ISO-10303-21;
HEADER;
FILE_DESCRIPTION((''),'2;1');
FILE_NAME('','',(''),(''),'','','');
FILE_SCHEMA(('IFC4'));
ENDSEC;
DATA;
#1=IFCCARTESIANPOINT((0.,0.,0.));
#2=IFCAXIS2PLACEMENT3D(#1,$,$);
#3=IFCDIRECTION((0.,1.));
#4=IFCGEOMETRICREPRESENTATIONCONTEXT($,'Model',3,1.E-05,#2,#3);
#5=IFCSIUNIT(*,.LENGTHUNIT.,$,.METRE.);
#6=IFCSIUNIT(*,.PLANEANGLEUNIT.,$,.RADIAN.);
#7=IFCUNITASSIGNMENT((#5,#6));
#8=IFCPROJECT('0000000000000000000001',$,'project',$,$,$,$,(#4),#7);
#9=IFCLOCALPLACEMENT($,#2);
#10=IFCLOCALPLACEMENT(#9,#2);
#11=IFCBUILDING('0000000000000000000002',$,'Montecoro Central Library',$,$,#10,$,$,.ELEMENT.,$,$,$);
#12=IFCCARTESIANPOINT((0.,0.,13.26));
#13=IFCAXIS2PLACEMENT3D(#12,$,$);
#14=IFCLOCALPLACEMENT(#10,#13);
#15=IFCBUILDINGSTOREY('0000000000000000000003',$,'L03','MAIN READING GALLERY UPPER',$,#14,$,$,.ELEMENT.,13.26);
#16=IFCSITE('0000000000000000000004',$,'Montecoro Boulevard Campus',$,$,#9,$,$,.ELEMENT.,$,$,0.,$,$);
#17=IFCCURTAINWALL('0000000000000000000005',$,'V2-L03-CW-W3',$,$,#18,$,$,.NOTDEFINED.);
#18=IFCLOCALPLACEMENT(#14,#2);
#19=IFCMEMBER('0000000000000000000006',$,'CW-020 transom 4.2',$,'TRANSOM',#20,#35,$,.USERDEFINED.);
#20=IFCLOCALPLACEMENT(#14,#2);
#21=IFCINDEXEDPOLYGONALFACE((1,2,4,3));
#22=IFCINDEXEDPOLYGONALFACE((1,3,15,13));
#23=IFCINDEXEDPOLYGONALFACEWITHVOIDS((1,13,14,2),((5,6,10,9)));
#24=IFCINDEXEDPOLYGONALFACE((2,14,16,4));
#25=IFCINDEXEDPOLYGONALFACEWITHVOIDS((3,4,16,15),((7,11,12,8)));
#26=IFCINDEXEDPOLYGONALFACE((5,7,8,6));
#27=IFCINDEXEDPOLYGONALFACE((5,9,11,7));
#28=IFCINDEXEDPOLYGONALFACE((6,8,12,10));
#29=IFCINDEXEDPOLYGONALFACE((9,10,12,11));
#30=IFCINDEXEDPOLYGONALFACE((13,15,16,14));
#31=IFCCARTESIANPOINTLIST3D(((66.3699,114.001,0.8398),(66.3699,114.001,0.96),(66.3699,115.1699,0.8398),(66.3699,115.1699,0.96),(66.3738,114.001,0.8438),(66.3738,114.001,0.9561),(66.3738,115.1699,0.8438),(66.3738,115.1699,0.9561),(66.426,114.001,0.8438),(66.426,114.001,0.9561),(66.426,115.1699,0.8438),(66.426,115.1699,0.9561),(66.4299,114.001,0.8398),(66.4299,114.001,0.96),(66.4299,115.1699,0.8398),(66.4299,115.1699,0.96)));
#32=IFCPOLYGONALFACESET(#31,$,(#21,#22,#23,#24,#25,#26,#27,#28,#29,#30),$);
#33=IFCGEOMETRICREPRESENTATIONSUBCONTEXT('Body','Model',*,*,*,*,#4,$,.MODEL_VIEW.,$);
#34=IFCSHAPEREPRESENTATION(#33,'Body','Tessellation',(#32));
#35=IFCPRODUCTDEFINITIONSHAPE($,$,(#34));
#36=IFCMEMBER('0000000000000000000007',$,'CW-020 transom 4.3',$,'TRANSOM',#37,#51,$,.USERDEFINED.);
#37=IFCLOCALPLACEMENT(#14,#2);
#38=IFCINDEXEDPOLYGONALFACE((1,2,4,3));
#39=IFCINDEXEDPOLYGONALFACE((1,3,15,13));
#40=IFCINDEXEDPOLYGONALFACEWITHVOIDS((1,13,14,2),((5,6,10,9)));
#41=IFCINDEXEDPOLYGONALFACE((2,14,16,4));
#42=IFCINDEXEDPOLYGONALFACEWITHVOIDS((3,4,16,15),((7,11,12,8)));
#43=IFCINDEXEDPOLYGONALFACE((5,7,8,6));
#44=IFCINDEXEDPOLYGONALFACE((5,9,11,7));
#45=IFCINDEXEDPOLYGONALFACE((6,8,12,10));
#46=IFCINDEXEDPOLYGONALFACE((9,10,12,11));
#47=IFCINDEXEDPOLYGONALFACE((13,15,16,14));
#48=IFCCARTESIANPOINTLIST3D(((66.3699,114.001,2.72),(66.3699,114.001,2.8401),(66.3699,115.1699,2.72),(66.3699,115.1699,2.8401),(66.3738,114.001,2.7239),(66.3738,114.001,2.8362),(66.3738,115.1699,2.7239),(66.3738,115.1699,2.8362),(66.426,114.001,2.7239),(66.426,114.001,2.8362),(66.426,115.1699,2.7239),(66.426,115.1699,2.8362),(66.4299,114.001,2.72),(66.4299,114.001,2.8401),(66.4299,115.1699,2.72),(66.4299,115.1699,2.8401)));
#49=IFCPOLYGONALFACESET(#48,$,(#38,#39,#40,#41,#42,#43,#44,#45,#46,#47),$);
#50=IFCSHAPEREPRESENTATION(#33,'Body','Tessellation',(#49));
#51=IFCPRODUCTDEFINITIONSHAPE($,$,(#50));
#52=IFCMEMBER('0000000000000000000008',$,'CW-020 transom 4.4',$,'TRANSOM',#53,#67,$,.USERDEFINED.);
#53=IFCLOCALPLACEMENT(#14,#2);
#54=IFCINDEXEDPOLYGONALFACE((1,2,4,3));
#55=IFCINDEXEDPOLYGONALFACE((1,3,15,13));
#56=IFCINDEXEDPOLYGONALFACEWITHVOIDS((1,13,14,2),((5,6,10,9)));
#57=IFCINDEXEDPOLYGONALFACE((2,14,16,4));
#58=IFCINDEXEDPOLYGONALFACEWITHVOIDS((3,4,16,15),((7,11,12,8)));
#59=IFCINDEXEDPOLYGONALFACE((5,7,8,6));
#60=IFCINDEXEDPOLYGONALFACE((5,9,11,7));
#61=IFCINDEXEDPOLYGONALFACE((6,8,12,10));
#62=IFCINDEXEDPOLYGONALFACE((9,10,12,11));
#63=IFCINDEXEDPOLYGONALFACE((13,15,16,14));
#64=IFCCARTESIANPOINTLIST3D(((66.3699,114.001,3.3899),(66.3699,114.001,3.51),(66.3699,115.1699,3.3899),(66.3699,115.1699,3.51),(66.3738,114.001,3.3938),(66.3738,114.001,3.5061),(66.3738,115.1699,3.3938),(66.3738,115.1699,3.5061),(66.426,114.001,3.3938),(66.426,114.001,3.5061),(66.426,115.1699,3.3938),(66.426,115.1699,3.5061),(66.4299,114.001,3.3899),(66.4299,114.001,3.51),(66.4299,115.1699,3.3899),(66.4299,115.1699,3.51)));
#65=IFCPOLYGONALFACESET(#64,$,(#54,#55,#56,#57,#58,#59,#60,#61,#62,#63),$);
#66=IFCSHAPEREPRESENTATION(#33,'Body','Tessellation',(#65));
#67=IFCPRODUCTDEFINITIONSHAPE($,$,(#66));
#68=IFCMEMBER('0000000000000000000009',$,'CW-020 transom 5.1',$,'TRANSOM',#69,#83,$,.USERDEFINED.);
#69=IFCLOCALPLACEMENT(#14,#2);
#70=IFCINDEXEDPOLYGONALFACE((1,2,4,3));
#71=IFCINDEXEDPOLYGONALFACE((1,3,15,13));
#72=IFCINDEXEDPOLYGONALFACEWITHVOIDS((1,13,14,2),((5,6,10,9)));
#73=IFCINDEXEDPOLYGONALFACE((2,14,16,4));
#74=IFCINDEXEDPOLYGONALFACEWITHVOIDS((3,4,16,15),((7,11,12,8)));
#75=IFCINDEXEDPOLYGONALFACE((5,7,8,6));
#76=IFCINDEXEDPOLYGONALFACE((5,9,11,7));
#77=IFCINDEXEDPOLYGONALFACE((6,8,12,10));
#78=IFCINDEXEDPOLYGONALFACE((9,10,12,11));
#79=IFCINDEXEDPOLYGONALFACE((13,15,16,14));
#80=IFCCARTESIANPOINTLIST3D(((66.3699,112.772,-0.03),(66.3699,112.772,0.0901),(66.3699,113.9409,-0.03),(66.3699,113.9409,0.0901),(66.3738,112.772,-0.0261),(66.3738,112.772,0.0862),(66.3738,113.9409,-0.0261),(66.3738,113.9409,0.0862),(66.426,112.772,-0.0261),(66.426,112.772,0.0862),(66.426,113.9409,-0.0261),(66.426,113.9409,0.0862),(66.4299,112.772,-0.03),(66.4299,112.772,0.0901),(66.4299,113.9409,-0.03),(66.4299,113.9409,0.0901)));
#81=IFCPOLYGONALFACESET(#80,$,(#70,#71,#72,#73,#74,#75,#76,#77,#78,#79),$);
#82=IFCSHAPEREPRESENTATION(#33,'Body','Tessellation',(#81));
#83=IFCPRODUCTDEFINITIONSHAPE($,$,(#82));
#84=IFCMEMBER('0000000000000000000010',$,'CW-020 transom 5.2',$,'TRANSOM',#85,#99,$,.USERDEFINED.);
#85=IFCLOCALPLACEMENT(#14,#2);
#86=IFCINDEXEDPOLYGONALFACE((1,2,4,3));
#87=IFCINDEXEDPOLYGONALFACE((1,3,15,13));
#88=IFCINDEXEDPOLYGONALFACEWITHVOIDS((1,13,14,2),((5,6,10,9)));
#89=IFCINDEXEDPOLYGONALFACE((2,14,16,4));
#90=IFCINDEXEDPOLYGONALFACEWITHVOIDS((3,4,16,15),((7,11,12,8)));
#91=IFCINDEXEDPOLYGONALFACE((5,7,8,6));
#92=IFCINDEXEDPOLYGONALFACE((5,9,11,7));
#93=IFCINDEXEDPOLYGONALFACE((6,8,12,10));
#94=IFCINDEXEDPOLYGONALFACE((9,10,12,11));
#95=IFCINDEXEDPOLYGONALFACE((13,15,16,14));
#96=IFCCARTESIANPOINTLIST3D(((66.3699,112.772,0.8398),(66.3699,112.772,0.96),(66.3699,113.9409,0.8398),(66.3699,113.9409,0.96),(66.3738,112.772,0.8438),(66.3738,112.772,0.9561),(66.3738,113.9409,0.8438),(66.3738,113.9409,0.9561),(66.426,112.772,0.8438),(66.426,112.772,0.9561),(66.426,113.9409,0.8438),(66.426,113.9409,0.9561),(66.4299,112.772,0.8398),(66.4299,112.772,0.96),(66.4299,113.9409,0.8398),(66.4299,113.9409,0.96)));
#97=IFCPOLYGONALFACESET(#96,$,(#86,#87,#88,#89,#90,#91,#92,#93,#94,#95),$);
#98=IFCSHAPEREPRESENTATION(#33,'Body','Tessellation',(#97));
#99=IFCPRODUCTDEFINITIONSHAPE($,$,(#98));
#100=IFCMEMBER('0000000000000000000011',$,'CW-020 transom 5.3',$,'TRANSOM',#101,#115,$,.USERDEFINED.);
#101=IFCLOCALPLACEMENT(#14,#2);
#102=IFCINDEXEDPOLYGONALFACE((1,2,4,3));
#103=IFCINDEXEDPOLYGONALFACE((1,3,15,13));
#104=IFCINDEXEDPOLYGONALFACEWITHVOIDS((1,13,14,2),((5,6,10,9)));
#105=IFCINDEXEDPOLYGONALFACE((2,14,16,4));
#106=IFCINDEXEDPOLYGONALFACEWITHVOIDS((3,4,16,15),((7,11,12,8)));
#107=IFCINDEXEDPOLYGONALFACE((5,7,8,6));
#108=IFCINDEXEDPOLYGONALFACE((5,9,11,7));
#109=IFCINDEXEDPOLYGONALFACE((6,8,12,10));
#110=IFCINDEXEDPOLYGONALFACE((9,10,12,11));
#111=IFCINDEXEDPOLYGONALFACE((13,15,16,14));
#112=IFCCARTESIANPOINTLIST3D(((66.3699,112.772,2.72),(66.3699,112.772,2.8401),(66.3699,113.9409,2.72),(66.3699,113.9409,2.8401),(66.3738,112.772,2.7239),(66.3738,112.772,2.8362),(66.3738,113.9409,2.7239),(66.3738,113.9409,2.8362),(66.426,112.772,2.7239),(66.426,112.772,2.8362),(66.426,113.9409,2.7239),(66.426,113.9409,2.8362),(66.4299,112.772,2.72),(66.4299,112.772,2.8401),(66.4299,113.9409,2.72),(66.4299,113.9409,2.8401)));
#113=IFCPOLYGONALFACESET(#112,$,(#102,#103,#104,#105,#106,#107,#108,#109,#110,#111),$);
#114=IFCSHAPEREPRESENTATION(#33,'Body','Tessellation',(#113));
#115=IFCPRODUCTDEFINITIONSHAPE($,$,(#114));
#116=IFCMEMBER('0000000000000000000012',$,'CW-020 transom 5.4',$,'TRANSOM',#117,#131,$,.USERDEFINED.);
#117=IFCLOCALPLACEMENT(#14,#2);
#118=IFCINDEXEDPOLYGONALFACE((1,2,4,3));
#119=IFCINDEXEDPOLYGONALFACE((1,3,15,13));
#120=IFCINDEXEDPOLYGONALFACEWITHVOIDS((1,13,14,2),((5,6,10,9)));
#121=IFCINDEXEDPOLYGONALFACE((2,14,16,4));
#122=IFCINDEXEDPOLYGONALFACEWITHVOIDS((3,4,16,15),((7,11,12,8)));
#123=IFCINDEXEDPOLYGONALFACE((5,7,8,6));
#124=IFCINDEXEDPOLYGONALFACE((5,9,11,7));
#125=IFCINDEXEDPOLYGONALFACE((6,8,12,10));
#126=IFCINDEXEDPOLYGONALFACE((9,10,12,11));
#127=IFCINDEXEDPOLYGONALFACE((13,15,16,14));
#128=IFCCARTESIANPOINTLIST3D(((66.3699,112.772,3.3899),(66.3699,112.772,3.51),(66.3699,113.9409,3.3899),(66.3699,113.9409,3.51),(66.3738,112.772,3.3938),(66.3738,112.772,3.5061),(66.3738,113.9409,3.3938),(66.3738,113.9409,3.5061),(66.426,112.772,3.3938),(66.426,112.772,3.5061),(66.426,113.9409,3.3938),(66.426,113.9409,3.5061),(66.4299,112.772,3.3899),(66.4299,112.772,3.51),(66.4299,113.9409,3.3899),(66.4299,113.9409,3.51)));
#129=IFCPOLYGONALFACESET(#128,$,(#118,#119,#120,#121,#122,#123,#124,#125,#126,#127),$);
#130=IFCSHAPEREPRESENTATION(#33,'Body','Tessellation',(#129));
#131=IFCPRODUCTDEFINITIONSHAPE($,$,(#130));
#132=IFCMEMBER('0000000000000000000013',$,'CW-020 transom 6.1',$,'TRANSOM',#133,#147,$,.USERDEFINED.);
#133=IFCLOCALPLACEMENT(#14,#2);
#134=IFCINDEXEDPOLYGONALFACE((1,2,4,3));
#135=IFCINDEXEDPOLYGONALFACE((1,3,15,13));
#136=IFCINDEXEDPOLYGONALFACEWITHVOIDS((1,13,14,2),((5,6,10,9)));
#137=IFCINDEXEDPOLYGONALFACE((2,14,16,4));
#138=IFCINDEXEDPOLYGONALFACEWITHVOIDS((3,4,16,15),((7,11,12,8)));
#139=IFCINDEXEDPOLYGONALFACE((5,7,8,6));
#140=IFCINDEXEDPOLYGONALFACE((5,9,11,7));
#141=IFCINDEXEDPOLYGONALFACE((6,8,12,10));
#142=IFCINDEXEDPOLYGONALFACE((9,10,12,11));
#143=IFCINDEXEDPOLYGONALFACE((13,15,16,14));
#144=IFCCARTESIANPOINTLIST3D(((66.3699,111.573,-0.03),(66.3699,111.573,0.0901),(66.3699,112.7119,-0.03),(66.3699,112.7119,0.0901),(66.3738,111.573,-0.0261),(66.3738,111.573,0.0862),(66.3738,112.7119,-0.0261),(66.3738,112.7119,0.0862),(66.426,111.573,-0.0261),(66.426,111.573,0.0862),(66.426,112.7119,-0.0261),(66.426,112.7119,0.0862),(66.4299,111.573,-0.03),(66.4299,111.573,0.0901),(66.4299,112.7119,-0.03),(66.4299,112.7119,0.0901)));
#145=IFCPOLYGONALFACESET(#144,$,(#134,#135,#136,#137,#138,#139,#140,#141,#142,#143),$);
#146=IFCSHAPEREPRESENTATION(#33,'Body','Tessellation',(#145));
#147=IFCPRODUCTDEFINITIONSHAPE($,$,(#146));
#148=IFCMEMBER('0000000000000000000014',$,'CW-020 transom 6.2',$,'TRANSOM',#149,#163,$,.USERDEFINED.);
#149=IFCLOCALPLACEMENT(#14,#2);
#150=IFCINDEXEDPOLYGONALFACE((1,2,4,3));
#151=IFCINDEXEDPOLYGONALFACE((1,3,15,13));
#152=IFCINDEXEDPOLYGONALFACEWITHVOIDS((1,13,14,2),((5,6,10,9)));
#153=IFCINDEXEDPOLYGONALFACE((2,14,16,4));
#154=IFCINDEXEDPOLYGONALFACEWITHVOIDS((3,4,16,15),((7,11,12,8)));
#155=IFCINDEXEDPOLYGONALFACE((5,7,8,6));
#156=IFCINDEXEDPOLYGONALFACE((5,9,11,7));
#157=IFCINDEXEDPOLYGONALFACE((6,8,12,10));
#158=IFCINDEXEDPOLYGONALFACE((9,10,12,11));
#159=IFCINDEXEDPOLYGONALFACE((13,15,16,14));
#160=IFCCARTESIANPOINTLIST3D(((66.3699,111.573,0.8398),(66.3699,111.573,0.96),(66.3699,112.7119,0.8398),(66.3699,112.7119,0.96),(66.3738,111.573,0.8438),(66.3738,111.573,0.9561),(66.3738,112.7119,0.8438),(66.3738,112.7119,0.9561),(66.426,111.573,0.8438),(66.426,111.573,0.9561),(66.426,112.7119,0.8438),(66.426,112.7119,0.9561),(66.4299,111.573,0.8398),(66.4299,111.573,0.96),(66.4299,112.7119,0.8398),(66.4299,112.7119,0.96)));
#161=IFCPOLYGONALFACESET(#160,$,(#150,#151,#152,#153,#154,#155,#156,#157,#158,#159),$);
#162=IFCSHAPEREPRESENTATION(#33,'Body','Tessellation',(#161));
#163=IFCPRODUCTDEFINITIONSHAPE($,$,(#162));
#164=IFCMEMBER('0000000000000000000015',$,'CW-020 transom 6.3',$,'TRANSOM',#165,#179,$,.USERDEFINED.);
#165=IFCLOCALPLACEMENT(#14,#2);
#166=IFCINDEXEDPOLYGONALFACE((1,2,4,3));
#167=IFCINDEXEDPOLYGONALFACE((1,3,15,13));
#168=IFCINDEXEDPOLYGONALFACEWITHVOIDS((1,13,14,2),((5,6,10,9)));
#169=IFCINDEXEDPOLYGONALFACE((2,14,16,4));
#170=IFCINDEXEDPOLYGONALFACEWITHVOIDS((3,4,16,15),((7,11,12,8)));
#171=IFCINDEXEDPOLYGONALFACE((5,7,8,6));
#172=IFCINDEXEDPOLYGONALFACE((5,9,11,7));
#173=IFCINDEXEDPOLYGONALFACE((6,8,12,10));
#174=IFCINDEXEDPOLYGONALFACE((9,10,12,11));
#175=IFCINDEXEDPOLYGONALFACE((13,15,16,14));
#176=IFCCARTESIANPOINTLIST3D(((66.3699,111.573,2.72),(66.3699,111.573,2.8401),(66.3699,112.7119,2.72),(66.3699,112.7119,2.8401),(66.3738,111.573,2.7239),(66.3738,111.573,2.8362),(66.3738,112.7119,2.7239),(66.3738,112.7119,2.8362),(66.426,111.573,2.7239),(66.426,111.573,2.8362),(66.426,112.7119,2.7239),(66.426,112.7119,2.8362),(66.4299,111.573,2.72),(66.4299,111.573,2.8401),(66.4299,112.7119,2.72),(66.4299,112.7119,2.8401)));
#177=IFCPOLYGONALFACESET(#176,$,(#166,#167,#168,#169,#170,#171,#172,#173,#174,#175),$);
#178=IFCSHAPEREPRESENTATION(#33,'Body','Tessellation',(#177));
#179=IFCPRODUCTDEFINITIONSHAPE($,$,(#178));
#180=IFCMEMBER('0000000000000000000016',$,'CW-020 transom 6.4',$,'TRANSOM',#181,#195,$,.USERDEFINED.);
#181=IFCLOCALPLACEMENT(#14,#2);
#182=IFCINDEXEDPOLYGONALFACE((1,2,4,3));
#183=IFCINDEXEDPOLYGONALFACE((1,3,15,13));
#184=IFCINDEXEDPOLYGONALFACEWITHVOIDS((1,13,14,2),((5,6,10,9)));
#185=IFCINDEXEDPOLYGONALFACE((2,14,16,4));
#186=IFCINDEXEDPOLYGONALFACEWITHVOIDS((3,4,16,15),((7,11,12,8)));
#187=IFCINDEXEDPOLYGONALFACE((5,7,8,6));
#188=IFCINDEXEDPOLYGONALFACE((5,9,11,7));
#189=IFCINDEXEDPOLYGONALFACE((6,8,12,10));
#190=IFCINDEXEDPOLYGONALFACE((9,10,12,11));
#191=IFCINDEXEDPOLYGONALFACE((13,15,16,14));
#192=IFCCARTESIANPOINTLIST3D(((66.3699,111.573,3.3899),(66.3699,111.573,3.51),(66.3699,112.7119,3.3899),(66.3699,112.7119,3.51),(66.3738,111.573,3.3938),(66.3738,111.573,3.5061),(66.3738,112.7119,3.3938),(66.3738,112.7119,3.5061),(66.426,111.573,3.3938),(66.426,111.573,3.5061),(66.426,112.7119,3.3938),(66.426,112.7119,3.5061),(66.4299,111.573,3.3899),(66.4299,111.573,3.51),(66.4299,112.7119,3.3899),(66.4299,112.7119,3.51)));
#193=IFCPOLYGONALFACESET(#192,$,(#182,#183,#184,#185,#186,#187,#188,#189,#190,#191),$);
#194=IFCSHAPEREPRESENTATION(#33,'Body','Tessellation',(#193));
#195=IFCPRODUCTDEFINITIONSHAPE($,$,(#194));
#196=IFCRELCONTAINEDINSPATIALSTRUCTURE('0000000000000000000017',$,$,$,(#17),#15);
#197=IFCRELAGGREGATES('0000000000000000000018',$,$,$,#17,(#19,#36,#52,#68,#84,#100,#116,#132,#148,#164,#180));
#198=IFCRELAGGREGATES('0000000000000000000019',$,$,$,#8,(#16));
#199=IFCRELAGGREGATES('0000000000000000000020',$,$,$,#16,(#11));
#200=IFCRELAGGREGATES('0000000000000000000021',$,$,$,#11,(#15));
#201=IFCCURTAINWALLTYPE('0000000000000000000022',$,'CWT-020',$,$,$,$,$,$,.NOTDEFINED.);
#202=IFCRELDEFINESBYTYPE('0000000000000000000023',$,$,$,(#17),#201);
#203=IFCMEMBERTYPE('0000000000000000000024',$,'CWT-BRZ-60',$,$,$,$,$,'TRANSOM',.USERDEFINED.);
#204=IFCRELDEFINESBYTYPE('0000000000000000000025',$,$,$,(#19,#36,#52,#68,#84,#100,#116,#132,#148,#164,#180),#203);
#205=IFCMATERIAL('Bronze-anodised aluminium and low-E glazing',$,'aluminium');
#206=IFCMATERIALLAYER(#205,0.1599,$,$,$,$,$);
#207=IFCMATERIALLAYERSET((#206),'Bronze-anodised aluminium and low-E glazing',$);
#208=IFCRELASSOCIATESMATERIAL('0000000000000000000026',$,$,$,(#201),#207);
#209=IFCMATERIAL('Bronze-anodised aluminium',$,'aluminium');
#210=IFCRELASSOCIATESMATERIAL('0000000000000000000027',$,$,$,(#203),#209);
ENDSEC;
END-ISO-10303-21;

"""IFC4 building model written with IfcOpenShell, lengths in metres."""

from ifc_helpers import new_model, si_unit, direction, frame, origin, origin_2d, place, context, subcontext, project, spatial, hollow_rectangle, extrude, material, layer, layer_set, material_profile, profile_set, type_object, element, aggregate, save


model = new_model("IFC4")

# Units and contexts
model_context = context("Model", 3, precision=1e-05, world=origin(), true_north=direction((0.0, 1.0)))
body_context = subcontext(model_context, "Body", "Model", "MODEL_VIEW")
ifc_project = project(units=[si_unit("LENGTHUNIT", "METRE"), si_unit("PLANEANGLEUNIT", "RADIAN")], contexts=[model_context])

# Site, building, storey
site_placement = place(None, origin())
site = spatial("IfcSite", under=ifc_project, at=site_placement, Name="Montecoro Boulevard Campus", CompositionType="ELEMENT", RefElevation=0.0)
building_placement = place(site_placement, origin())
building = spatial("IfcBuilding", under=site, at=building_placement, Name="Montecoro Central Library", CompositionType="ELEMENT")
storey_placement = place(building_placement, frame((0.0, 0.0, 13.26)))
storey = spatial("IfcBuildingStorey", under=building, at=storey_placement, Name="L03", Description="MAIN READING GALLERY UPPER", CompositionType="ELEMENT", Elevation=13.26)

# Curtain wall, members
ifc_material_1 = material(Name="Bronze-anodised aluminium and low-E glazing", Category="aluminium")
ifc_layer_1 = layer(ifc_material_1, 0.1599)
ifc_layer_set_1 = layer_set([ifc_layer_1], Name="Bronze-anodised aluminium and low-E glazing")
curtain_wall_type = type_object("IfcCurtainWallType", Name="CWT-020", PredefinedType="NOTDEFINED", material=ifc_layer_set_1)
curtain_wall_placement = place(storey_placement, origin())
curtain_wall = element("IfcCurtainWall", 1, at=curtain_wall_placement, inside=storey, type_object=curtain_wall_type, Name="V2-L03-CW-W3", PredefinedType="NOTDEFINED")
ifc_material_2 = material(Name="Bronze-anodised aluminium", Category="aluminium")
ifc_material_profile_1 = material_profile(ifc_material_2, hollow_rectangle(XDim=0.0601, YDim=0.1201, WallThickness=0.0039, at=origin_2d()), Name="CWT 120x60x4.0")
ifc_profile_set_1 = profile_set([ifc_material_profile_1], Name="Bronze-anodised aluminium")
member_type_1 = type_object("IfcMemberType", Name="CWT-BRZ-60", ElementType="TRANSOM", PredefinedType="USERDEFINED", material=ifc_profile_set_1)
member_1_placement = place(storey_placement, frame((66.3999, 115.1699, 0.8999), z_axis=(0.0, -1.0, 0.0), x_axis=(1.0, 0.0, 0.0)))
member_1 = element("IfcMember", 2, at=member_1_placement, type_object=member_type_1, Name="CW-020 transom 4.2", ObjectType="TRANSOM", PredefinedType="USERDEFINED", context=body_context, shape_type="SweptSolid", body=[
    extrude(hollow_rectangle(XDim=0.0601, YDim=0.1201, WallThickness=0.0039, at=origin_2d()), origin(), (0.0, 0.0, 1.0), 1.1689),
])
member_2_placement = place(storey_placement, frame((66.3999, 115.1699, 2.78), z_axis=(0.0, -1.0, 0.0), x_axis=(1.0, 0.0, 0.0)))
member_2 = element("IfcMember", 3, at=member_2_placement, type_object=member_type_1, Name="CW-020 transom 4.3", ObjectType="TRANSOM", PredefinedType="USERDEFINED", context=body_context, shape_type="SweptSolid", body=[
    extrude(hollow_rectangle(XDim=0.0601, YDim=0.1201, WallThickness=0.0039, at=origin_2d()), origin(), (0.0, 0.0, 1.0), 1.1689),
])
member_3_placement = place(storey_placement, frame((66.3999, 115.1699, 3.45), z_axis=(0.0, -1.0, 0.0), x_axis=(1.0, 0.0, 0.0)))
member_3 = element("IfcMember", 4, at=member_3_placement, type_object=member_type_1, Name="CW-020 transom 4.4", ObjectType="TRANSOM", PredefinedType="USERDEFINED", context=body_context, shape_type="SweptSolid", body=[
    extrude(hollow_rectangle(XDim=0.0601, YDim=0.1201, WallThickness=0.0039, at=origin_2d()), origin(), (0.0, 0.0, 1.0), 1.1689),
])
member_4_placement = place(storey_placement, frame((66.3999, 113.9409, 0.03), z_axis=(0.0, -1.0, 0.0), x_axis=(1.0, 0.0, 0.0)))
member_4 = element("IfcMember", 5, at=member_4_placement, type_object=member_type_1, Name="CW-020 transom 5.1", ObjectType="TRANSOM", PredefinedType="USERDEFINED", context=body_context, shape_type="SweptSolid", body=[
    extrude(hollow_rectangle(XDim=0.0601, YDim=0.1201, WallThickness=0.0039, at=origin_2d()), origin(), (0.0, 0.0, 1.0), 1.1689),
])
member_5_placement = place(storey_placement, frame((66.3999, 113.9409, 0.8999), z_axis=(0.0, -1.0, 0.0), x_axis=(1.0, 0.0, 0.0)))
member_5 = element("IfcMember", 6, at=member_5_placement, type_object=member_type_1, Name="CW-020 transom 5.2", ObjectType="TRANSOM", PredefinedType="USERDEFINED", context=body_context, shape_type="SweptSolid", body=[
    extrude(hollow_rectangle(XDim=0.0601, YDim=0.1201, WallThickness=0.0039, at=origin_2d()), origin(), (0.0, 0.0, 1.0), 1.1689),
])
member_6_placement = place(storey_placement, frame((66.3999, 113.9409, 2.78), z_axis=(0.0, -1.0, 0.0), x_axis=(1.0, 0.0, 0.0)))
member_6 = element("IfcMember", 7, at=member_6_placement, type_object=member_type_1, Name="CW-020 transom 5.3", ObjectType="TRANSOM", PredefinedType="USERDEFINED", context=body_context, shape_type="SweptSolid", body=[
    extrude(hollow_rectangle(XDim=0.0601, YDim=0.1201, WallThickness=0.0039, at=origin_2d()), origin(), (0.0, 0.0, 1.0), 1.1689),
])
member_7_placement = place(storey_placement, frame((66.3999, 113.9409, 3.45), z_axis=(0.0, -1.0, 0.0), x_axis=(1.0, 0.0, 0.0)))
member_7 = element("IfcMember", 8, at=member_7_placement, type_object=member_type_1, Name="CW-020 transom 5.4", ObjectType="TRANSOM", PredefinedType="USERDEFINED", context=body_context, shape_type="SweptSolid", body=[
    extrude(hollow_rectangle(XDim=0.0601, YDim=0.1201, WallThickness=0.0039, at=origin_2d()), origin(), (0.0, 0.0, 1.0), 1.1689),
])
member_8_placement = place(storey_placement, frame((66.3999, 112.7119, 0.03), z_axis=(0.0, -1.0, 0.0), x_axis=(1.0, 0.0, 0.0)))
member_8 = element("IfcMember", 9, at=member_8_placement, type_object=member_type_1, Name="CW-020 transom 6.1", ObjectType="TRANSOM", PredefinedType="USERDEFINED", context=body_context, shape_type="SweptSolid", body=[
    extrude(hollow_rectangle(XDim=0.0601, YDim=0.1201, WallThickness=0.0039, at=origin_2d()), origin(), (0.0, 0.0, 1.0), 1.1389),
])
member_9_placement = place(storey_placement, frame((66.3999, 112.7119, 0.8999), z_axis=(0.0, -1.0, 0.0), x_axis=(1.0, 0.0, 0.0)))
member_9 = element("IfcMember", 10, at=member_9_placement, type_object=member_type_1, Name="CW-020 transom 6.2", ObjectType="TRANSOM", PredefinedType="USERDEFINED", context=body_context, shape_type="SweptSolid", body=[
    extrude(hollow_rectangle(XDim=0.0601, YDim=0.1201, WallThickness=0.0039, at=origin_2d()), origin(), (0.0, 0.0, 1.0), 1.1389),
])
member_10_placement = place(storey_placement, frame((66.3999, 112.7119, 2.78), z_axis=(0.0, -1.0, 0.0), x_axis=(1.0, 0.0, 0.0)))
member_10 = element("IfcMember", 11, at=member_10_placement, type_object=member_type_1, Name="CW-020 transom 6.3", ObjectType="TRANSOM", PredefinedType="USERDEFINED", context=body_context, shape_type="SweptSolid", body=[
    extrude(hollow_rectangle(XDim=0.0601, YDim=0.1201, WallThickness=0.0039, at=origin_2d()), origin(), (0.0, 0.0, 1.0), 1.1389),
])
member_11_placement = place(storey_placement, frame((66.3999, 112.7119, 3.45), z_axis=(0.0, -1.0, 0.0), x_axis=(1.0, 0.0, 0.0)))
member_11 = element("IfcMember", 12, at=member_11_placement, type_object=member_type_1, Name="CW-020 transom 6.4", ObjectType="TRANSOM", PredefinedType="USERDEFINED", context=body_context, shape_type="SweptSolid", body=[
    extrude(hollow_rectangle(XDim=0.0601, YDim=0.1201, WallThickness=0.0039, at=origin_2d()), origin(), (0.0, 0.0, 1.0), 1.1389),
])
aggregate(curtain_wall, [member_1, member_2, member_3, member_4, member_5, member_6, member_7, member_8, member_9, member_10, member_11])

save(model, "model.ifc")
